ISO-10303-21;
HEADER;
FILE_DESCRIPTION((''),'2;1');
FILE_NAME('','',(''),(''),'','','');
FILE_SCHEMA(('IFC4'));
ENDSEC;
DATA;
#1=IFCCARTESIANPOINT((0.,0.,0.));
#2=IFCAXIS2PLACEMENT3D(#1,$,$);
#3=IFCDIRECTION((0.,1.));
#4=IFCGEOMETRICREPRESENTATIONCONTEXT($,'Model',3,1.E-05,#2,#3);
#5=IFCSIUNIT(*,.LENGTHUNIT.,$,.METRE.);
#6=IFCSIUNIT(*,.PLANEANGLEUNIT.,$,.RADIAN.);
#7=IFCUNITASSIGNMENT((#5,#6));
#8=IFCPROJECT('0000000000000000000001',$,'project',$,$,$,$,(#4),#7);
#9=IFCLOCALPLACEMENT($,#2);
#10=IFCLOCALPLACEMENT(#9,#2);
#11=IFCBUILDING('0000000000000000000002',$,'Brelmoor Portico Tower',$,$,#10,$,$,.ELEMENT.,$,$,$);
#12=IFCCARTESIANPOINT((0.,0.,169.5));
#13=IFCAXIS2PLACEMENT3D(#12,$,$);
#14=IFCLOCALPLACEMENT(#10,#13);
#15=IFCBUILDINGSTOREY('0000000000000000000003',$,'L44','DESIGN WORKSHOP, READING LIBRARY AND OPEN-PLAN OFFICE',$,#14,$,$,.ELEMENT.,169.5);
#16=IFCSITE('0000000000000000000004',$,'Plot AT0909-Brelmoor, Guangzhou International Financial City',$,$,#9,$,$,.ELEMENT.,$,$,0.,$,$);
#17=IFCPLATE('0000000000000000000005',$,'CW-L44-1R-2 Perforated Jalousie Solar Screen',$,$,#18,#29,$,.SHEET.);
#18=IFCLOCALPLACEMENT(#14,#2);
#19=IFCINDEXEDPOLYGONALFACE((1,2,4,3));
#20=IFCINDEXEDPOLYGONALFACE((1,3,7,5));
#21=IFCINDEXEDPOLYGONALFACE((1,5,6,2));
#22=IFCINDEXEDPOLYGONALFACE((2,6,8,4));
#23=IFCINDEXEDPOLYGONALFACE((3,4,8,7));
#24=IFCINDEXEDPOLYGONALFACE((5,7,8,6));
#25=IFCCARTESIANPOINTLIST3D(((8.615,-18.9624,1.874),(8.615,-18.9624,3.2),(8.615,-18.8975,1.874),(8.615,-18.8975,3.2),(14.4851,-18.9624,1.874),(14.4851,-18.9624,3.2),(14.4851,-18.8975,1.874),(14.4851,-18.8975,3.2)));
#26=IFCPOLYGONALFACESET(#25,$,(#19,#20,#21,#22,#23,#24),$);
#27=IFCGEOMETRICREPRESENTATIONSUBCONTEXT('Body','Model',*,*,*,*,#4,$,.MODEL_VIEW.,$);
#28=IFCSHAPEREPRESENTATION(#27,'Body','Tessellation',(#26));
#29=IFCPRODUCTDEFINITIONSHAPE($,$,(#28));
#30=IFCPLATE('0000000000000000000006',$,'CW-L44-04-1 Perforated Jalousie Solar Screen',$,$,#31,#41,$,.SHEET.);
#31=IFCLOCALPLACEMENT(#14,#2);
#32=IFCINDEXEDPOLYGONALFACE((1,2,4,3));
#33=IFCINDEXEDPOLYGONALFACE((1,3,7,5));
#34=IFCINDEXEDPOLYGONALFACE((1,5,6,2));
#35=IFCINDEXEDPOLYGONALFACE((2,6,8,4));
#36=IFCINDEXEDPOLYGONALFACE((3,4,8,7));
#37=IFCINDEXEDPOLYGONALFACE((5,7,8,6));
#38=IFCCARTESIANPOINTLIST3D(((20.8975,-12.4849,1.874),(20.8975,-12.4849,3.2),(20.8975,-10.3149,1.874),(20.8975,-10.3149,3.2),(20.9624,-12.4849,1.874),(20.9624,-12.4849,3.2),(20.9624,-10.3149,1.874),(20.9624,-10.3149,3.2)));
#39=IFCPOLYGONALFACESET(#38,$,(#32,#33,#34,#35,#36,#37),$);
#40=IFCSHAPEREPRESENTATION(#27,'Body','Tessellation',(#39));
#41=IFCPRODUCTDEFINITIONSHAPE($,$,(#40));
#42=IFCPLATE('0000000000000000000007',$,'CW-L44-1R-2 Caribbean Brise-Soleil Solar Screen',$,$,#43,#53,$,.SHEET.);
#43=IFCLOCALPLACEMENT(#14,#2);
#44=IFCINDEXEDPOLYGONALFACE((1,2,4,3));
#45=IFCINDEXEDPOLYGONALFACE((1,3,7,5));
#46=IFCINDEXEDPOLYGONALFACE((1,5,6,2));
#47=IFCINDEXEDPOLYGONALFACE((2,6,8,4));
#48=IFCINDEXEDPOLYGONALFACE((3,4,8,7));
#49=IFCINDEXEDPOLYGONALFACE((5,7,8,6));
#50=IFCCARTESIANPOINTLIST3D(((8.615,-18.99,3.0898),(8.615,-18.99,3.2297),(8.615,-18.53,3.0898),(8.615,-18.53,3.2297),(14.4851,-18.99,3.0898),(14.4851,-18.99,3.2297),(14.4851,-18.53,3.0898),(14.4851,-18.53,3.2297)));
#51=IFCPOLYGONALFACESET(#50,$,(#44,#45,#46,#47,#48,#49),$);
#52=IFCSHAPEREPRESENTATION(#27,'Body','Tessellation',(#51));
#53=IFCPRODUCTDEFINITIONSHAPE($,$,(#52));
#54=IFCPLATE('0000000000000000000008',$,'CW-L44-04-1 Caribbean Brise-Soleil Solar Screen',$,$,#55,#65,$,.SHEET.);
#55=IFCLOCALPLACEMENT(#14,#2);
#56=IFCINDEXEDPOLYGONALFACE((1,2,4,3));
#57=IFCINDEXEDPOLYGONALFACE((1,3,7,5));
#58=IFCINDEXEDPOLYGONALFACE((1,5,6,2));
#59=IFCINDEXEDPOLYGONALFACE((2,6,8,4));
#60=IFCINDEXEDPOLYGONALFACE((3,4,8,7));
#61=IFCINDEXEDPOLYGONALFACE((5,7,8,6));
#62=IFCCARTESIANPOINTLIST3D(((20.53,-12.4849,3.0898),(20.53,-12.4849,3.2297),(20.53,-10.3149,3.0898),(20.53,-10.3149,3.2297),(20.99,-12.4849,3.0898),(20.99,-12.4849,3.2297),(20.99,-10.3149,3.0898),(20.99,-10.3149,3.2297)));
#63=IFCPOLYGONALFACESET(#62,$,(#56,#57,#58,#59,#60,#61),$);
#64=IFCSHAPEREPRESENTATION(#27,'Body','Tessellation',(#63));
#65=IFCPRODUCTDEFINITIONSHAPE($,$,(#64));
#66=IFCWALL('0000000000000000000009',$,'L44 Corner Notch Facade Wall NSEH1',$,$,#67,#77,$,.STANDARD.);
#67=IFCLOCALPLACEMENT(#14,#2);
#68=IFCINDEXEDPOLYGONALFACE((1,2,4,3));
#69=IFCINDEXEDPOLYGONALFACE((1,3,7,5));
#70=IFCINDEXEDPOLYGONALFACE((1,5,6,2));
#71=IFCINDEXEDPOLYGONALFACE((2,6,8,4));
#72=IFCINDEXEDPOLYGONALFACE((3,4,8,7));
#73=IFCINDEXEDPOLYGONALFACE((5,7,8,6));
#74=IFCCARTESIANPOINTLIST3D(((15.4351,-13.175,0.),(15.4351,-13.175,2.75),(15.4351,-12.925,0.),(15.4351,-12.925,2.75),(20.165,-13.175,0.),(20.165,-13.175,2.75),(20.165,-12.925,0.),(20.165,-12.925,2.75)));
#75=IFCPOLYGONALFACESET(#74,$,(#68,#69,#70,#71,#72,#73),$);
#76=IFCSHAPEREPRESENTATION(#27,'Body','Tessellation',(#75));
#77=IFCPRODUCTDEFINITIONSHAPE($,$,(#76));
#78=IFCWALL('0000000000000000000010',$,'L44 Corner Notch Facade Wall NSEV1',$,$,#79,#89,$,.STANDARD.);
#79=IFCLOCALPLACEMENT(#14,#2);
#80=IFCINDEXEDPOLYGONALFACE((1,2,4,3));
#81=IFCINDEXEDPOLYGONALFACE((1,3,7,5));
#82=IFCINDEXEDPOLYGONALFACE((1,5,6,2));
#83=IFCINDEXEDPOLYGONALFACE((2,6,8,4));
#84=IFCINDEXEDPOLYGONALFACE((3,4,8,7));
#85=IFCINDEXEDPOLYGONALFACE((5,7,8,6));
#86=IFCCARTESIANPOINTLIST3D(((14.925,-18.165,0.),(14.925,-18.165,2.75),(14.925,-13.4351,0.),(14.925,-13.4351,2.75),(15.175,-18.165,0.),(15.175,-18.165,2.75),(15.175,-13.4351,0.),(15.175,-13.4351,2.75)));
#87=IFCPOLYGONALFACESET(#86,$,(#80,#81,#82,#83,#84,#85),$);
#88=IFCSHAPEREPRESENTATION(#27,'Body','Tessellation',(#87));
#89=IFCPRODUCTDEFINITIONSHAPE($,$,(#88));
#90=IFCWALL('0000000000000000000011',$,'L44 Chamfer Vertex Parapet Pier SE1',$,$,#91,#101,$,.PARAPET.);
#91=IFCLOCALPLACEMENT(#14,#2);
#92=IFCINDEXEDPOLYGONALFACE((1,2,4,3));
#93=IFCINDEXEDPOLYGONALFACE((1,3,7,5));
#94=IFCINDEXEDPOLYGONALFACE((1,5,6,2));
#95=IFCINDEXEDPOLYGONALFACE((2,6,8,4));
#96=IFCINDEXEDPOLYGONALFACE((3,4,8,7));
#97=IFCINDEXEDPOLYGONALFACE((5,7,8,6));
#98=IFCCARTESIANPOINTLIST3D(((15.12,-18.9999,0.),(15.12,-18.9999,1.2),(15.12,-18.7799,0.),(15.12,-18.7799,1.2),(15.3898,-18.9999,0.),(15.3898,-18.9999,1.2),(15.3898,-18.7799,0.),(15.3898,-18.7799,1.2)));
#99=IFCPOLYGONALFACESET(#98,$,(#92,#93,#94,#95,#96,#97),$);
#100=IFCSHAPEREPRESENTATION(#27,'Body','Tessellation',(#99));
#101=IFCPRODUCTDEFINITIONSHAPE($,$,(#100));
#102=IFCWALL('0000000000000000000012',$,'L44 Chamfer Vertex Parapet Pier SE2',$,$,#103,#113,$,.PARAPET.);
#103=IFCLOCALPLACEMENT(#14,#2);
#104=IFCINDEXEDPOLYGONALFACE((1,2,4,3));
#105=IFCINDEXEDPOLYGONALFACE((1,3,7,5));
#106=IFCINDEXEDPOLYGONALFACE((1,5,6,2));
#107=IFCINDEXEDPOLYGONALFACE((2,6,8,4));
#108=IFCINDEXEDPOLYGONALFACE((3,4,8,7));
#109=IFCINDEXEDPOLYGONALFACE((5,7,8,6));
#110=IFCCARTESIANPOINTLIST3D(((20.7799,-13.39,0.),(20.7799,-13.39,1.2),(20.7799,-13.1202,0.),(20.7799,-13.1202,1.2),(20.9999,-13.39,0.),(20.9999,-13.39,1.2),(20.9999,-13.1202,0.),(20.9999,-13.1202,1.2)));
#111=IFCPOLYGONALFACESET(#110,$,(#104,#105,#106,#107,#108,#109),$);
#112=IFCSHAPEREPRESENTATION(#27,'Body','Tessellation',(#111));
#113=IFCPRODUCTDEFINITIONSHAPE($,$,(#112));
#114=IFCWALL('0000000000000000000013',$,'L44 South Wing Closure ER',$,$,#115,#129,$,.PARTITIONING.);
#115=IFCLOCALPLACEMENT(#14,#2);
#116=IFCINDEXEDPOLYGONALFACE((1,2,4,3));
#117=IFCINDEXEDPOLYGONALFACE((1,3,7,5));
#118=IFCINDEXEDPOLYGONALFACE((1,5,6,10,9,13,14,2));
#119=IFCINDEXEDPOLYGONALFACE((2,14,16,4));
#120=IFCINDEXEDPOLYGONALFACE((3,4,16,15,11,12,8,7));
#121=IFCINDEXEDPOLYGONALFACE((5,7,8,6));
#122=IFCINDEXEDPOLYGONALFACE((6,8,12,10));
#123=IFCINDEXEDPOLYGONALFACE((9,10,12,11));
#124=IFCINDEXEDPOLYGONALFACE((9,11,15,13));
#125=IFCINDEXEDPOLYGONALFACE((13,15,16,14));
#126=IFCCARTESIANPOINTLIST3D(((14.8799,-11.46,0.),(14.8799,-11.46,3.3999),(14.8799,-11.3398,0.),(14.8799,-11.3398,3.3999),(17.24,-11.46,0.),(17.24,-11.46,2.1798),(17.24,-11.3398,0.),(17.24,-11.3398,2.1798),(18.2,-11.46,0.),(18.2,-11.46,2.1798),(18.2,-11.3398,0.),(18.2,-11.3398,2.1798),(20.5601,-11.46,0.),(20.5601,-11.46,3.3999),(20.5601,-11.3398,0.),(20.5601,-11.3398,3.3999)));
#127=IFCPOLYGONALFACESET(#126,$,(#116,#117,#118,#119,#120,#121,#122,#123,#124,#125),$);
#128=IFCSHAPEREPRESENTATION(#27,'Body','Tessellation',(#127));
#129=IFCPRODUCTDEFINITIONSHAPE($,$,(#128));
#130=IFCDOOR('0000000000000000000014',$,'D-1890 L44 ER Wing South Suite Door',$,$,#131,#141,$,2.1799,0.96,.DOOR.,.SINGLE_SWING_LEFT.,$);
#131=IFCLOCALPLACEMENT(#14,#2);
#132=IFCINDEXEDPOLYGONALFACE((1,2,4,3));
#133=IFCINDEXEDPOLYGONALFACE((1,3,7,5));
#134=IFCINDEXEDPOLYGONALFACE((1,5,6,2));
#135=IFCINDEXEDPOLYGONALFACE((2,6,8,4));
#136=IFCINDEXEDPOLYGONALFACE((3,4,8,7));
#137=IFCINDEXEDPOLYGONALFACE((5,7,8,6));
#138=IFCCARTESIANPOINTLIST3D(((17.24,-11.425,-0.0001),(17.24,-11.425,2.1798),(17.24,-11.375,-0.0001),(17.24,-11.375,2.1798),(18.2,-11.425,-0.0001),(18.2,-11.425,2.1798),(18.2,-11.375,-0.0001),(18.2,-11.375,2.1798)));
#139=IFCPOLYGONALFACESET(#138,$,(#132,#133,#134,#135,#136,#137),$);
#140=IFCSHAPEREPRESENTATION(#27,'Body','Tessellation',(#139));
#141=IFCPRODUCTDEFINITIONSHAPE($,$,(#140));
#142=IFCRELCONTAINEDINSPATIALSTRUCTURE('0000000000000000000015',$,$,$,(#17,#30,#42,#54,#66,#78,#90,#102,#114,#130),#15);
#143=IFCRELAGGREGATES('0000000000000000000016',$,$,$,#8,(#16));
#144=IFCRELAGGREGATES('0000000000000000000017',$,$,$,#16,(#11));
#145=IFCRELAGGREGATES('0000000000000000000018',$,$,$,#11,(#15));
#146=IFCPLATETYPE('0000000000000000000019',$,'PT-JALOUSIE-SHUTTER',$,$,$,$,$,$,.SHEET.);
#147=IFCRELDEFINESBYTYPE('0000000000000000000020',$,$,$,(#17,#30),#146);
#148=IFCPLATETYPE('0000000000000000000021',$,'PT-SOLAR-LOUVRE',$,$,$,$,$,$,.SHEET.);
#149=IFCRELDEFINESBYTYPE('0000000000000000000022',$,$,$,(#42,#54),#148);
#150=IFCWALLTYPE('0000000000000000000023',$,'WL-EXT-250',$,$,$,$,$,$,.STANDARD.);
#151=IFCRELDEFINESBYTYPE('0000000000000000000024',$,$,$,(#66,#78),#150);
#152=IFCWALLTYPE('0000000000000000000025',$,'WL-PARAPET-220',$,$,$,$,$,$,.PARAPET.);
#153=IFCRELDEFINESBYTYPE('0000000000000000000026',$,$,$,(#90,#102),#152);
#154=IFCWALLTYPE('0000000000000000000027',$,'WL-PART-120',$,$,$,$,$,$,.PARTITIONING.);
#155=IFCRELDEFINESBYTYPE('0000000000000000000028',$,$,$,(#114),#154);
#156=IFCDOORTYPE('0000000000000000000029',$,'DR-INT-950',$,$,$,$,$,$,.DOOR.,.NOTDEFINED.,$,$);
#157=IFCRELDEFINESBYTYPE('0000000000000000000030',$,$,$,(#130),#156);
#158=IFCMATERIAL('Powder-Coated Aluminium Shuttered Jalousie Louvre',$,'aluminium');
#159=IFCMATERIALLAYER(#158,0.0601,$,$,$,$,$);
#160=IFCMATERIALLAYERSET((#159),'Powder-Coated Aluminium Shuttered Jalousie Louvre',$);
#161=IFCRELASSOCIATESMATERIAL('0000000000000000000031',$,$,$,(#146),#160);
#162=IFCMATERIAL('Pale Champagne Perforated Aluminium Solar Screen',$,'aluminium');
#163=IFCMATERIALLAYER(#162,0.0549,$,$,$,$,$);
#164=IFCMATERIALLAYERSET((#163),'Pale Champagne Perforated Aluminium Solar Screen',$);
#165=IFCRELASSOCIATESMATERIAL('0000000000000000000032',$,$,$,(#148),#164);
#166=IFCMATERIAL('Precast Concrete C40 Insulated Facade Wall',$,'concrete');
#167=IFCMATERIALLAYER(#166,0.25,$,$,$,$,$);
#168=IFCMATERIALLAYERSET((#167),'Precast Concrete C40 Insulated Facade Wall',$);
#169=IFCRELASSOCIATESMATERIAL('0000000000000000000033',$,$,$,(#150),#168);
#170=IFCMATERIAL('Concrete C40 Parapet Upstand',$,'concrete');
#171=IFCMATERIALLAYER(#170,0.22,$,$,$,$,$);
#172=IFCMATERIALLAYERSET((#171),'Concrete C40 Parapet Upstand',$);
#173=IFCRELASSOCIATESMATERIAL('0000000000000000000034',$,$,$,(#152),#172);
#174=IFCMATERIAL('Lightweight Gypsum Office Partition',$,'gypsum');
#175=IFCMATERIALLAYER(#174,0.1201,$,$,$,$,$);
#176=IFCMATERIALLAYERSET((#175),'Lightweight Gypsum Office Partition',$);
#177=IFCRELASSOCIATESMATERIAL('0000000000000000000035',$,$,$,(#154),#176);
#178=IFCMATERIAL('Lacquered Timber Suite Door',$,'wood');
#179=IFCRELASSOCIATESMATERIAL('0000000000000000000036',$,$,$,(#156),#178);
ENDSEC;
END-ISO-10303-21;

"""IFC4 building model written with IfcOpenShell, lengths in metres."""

from ifc_helpers import new_model, si_unit, direction, frame, frame_2d, origin, origin_2d, place, context, subcontext, project, spatial, rectangle, extrude, material, layer, layer_set, type_object, element, fill, save


model = new_model("IFC4")

# Units and contexts
model_context = context("Model", 3, precision=1e-05, world=origin(), true_north=direction((0.0, 1.0)))
body_context = subcontext(model_context, "Body", "Model", "MODEL_VIEW")
ifc_project = project(units=[si_unit("LENGTHUNIT", "METRE"), si_unit("PLANEANGLEUNIT", "RADIAN")], contexts=[model_context])

# Site, building, storey
site_placement = place(None, origin())
site = spatial("IfcSite", under=ifc_project, at=site_placement, Name="Plot AT0909-Brelmoor, Guangzhou International Financial City", CompositionType="ELEMENT", RefElevation=0.0)
building_placement = place(site_placement, origin())
building = spatial("IfcBuilding", under=site, at=building_placement, Name="Brelmoor Portico Tower", CompositionType="ELEMENT")
storey_placement = place(building_placement, frame((0.0, 0.0, 169.5)))
storey = spatial("IfcBuildingStorey", under=building, at=storey_placement, Name="L44", Description="DESIGN WORKSHOP, READING LIBRARY AND OPEN-PLAN OFFICE", CompositionType="ELEMENT", Elevation=169.5)

# Plates
ifc_material_1 = material(Name="Powder-Coated Aluminium Shuttered Jalousie Louvre", Category="aluminium")
ifc_layer_1 = layer(ifc_material_1, 0.0601)
ifc_layer_set_1 = layer_set([ifc_layer_1], Name="Powder-Coated Aluminium Shuttered Jalousie Louvre")
plate_type_1 = type_object("IfcPlateType", Name="PT-JALOUSIE-SHUTTER", PredefinedType="SHEET", material=ifc_layer_set_1)
plate_1_placement = place(storey_placement, frame((11.55, -18.9299, 1.874), z_axis=(0.0, 0.0, 1.0), x_axis=(1.0, 0.0, 0.0)))
element("IfcPlate", 1, at=plate_1_placement, inside=storey, type_object=plate_type_1, Name="CW-L44-1R-2 Perforated Jalousie Solar Screen", PredefinedType="SHEET", context=body_context, shape_type="SweptSolid", body=[
    extrude(rectangle(XDim=5.8701, YDim=0.0649, at=origin_2d()), origin(), (0.0, 0.0, 1.0), 1.3259),
])
plate_2_placement = place(storey_placement, frame((20.9299, -11.3999, 1.874), z_axis=(0.0, 0.0, 1.0), x_axis=(0.0, 1.0, 0.0)))
element("IfcPlate", 2, at=plate_2_placement, inside=storey, type_object=plate_type_1, Name="CW-L44-04-1 Perforated Jalousie Solar Screen", PredefinedType="SHEET", context=body_context, shape_type="SweptSolid", body=[
    extrude(rectangle(XDim=2.1699, YDim=0.0649, at=origin_2d()), origin(), (0.0, 0.0, 1.0), 1.3259),
])
ifc_material_2 = material(Name="Pale Champagne Perforated Aluminium Solar Screen", Category="aluminium")
ifc_layer_2 = layer(ifc_material_2, 0.0549)
ifc_layer_set_2 = layer_set([ifc_layer_2], Name="Pale Champagne Perforated Aluminium Solar Screen")
plate_type_2 = type_object("IfcPlateType", Name="PT-SOLAR-LOUVRE", PredefinedType="SHEET", material=ifc_layer_set_2)
plate_3_placement = place(storey_placement, frame((11.55, -18.76, 3.0898), z_axis=(0.0, 0.0, 1.0), x_axis=(1.0, 0.0, 0.0)))
element("IfcPlate", 3, at=plate_3_placement, inside=storey, type_object=plate_type_2, Name="CW-L44-1R-2 Caribbean Brise-Soleil Solar Screen", PredefinedType="SHEET", context=body_context, shape_type="SweptSolid", body=[
    extrude(rectangle(XDim=5.8701, YDim=0.46, at=origin_2d()), origin(), (0.0, 0.0, 1.0), 0.1399),
])
plate_4_placement = place(storey_placement, frame((20.76, -11.3999, 3.0898), z_axis=(0.0, 0.0, 1.0), x_axis=(0.0, 1.0, 0.0)))
element("IfcPlate", 4, at=plate_4_placement, inside=storey, type_object=plate_type_2, Name="CW-L44-04-1 Caribbean Brise-Soleil Solar Screen", PredefinedType="SHEET", context=body_context, shape_type="SweptSolid", body=[
    extrude(rectangle(XDim=2.1699, YDim=0.46, at=origin_2d()), origin(), (0.0, 0.0, 1.0), 0.1399),
])

# Walls
ifc_material_3 = material(Name="Precast Concrete C40 Insulated Facade Wall", Category="concrete")
ifc_layer_3 = layer(ifc_material_3, 0.25)
ifc_layer_set_3 = layer_set([ifc_layer_3], Name="Precast Concrete C40 Insulated Facade Wall")
wall_type_1 = type_object("IfcWallType", Name="WL-EXT-250", PredefinedType="STANDARD", material=ifc_layer_set_3)
for number, where, z_axis, x_axis, name in (
    (5, (15.4351, -13.05, 0.0), (0.0, 0.0, 1.0), (1.0, 0.0, 0.0), "L44 Corner Notch Facade Wall NSEH1"),
    (6, (15.05, -18.165, 0.0), (0.0, 0.0, 1.0), (0.0, 1.0, 0.0), "L44 Corner Notch Facade Wall NSEV1"),
):
    element("IfcWall", number, at=place(storey_placement, frame(where, z_axis=z_axis, x_axis=x_axis)), inside=storey, type_object=wall_type_1, Name=name, PredefinedType="STANDARD", context=body_context, shape_type="SweptSolid", body=[
        extrude(rectangle(XDim=4.73, YDim=0.25, at=frame_2d((2.365, 0.0))), origin(), (0.0, 0.0, 1.0), 2.75),
    ])
ifc_material_4 = material(Name="Concrete C40 Parapet Upstand", Category="concrete")
ifc_layer_4 = layer(ifc_material_4, 0.22)
ifc_layer_set_4 = layer_set([ifc_layer_4], Name="Concrete C40 Parapet Upstand")
wall_type_2 = type_object("IfcWallType", Name="WL-PARAPET-220", PredefinedType="PARAPET", material=ifc_layer_set_4)
for number, where, z_axis, x_axis, name in (
    (7, (15.1201, -18.8899, 0.0), (0.0, 0.0, 1.0), (1.0, 0.0, 0.0), "L44 Chamfer Vertex Parapet Pier SE1"),
    (8, (20.8899, -13.3899, 0.0), (0.0, 0.0, 1.0), (0.0, 1.0, 0.0), "L44 Chamfer Vertex Parapet Pier SE2"),
):
    element("IfcWall", number, at=place(storey_placement, frame(where, z_axis=z_axis, x_axis=x_axis)), inside=storey, type_object=wall_type_2, Name=name, PredefinedType="PARAPET", context=body_context, shape_type="SweptSolid", body=[
        extrude(rectangle(XDim=0.2698, YDim=0.22, at=frame_2d((0.1348, 0.0))), origin(), (0.0, 0.0, 1.0), 1.2),
    ])

# Wall, opening, door
ifc_material_5 = material(Name="Lightweight Gypsum Office Partition", Category="gypsum")
ifc_layer_5 = layer(ifc_material_5, 0.1201)
ifc_layer_set_5 = layer_set([ifc_layer_5], Name="Lightweight Gypsum Office Partition")
wall_type_3 = type_object("IfcWallType", Name="WL-PART-120", PredefinedType="PARTITIONING", material=ifc_layer_set_5)
wall_placement = place(storey_placement, frame((14.8799, -11.3999, 0.0), z_axis=(0.0, 0.0, 1.0), x_axis=(1.0, 0.0, 0.0)))
wall = element("IfcWall", 9, at=wall_placement, inside=storey, type_object=wall_type_3, Name="L44 South Wing Closure ER", PredefinedType="PARTITIONING", context=body_context, shape_type="SweptSolid", body=[
    extrude(rectangle(XDim=5.6802, YDim=0.1201, at=frame_2d((2.8401, 0.0))), origin(), (0.0, 0.0, 1.0), 3.3999),
])
opening_placement = place(wall_placement, frame((2.3601, 0.0, 0.0)))
opening = element("IfcOpeningElement", 10, at=opening_placement, cuts=wall, PredefinedType="OPENING", context=body_context, shape_type="SweptSolid", body=[
    extrude(rectangle(XDim=0.96, YDim=2.1799, at=frame_2d((0.48, 1.0898))), frame((0.0, 0.0701, 0.0), z_axis=(0.0, -1.0, 0.0), x_axis=(1.0, 0.0, 0.0)), (0.0, 0.0, 1.0), 0.1401),
])
ifc_material_6 = material(Name="Lacquered Timber Suite Door", Category="wood")
door_type = type_object("IfcDoorType", Name="DR-INT-950", OperationType="NOTDEFINED", PredefinedType="DOOR", material=ifc_material_6)
door_placement = place(opening_placement, origin())
door = element("IfcDoor", 11, at=door_placement, inside=storey, type_object=door_type, Name="D-1890 L44 ER Wing South Suite Door", OperationType="SINGLE_SWING_LEFT", OverallHeight=2.1799, OverallWidth=0.96, PredefinedType="DOOR", context=body_context, shape_type="SweptSolid", body=[
    extrude(rectangle(XDim=0.96, YDim=2.1799, at=frame_2d((0.48, 1.0898))), frame((0.0, 0.0249, 0.0), z_axis=(0.0, -1.0, 0.0), x_axis=(1.0, 0.0, 0.0)), (0.0, 0.0, 1.0), 0.05),
])
fill(opening, door)

save(model, "model.ifc")
